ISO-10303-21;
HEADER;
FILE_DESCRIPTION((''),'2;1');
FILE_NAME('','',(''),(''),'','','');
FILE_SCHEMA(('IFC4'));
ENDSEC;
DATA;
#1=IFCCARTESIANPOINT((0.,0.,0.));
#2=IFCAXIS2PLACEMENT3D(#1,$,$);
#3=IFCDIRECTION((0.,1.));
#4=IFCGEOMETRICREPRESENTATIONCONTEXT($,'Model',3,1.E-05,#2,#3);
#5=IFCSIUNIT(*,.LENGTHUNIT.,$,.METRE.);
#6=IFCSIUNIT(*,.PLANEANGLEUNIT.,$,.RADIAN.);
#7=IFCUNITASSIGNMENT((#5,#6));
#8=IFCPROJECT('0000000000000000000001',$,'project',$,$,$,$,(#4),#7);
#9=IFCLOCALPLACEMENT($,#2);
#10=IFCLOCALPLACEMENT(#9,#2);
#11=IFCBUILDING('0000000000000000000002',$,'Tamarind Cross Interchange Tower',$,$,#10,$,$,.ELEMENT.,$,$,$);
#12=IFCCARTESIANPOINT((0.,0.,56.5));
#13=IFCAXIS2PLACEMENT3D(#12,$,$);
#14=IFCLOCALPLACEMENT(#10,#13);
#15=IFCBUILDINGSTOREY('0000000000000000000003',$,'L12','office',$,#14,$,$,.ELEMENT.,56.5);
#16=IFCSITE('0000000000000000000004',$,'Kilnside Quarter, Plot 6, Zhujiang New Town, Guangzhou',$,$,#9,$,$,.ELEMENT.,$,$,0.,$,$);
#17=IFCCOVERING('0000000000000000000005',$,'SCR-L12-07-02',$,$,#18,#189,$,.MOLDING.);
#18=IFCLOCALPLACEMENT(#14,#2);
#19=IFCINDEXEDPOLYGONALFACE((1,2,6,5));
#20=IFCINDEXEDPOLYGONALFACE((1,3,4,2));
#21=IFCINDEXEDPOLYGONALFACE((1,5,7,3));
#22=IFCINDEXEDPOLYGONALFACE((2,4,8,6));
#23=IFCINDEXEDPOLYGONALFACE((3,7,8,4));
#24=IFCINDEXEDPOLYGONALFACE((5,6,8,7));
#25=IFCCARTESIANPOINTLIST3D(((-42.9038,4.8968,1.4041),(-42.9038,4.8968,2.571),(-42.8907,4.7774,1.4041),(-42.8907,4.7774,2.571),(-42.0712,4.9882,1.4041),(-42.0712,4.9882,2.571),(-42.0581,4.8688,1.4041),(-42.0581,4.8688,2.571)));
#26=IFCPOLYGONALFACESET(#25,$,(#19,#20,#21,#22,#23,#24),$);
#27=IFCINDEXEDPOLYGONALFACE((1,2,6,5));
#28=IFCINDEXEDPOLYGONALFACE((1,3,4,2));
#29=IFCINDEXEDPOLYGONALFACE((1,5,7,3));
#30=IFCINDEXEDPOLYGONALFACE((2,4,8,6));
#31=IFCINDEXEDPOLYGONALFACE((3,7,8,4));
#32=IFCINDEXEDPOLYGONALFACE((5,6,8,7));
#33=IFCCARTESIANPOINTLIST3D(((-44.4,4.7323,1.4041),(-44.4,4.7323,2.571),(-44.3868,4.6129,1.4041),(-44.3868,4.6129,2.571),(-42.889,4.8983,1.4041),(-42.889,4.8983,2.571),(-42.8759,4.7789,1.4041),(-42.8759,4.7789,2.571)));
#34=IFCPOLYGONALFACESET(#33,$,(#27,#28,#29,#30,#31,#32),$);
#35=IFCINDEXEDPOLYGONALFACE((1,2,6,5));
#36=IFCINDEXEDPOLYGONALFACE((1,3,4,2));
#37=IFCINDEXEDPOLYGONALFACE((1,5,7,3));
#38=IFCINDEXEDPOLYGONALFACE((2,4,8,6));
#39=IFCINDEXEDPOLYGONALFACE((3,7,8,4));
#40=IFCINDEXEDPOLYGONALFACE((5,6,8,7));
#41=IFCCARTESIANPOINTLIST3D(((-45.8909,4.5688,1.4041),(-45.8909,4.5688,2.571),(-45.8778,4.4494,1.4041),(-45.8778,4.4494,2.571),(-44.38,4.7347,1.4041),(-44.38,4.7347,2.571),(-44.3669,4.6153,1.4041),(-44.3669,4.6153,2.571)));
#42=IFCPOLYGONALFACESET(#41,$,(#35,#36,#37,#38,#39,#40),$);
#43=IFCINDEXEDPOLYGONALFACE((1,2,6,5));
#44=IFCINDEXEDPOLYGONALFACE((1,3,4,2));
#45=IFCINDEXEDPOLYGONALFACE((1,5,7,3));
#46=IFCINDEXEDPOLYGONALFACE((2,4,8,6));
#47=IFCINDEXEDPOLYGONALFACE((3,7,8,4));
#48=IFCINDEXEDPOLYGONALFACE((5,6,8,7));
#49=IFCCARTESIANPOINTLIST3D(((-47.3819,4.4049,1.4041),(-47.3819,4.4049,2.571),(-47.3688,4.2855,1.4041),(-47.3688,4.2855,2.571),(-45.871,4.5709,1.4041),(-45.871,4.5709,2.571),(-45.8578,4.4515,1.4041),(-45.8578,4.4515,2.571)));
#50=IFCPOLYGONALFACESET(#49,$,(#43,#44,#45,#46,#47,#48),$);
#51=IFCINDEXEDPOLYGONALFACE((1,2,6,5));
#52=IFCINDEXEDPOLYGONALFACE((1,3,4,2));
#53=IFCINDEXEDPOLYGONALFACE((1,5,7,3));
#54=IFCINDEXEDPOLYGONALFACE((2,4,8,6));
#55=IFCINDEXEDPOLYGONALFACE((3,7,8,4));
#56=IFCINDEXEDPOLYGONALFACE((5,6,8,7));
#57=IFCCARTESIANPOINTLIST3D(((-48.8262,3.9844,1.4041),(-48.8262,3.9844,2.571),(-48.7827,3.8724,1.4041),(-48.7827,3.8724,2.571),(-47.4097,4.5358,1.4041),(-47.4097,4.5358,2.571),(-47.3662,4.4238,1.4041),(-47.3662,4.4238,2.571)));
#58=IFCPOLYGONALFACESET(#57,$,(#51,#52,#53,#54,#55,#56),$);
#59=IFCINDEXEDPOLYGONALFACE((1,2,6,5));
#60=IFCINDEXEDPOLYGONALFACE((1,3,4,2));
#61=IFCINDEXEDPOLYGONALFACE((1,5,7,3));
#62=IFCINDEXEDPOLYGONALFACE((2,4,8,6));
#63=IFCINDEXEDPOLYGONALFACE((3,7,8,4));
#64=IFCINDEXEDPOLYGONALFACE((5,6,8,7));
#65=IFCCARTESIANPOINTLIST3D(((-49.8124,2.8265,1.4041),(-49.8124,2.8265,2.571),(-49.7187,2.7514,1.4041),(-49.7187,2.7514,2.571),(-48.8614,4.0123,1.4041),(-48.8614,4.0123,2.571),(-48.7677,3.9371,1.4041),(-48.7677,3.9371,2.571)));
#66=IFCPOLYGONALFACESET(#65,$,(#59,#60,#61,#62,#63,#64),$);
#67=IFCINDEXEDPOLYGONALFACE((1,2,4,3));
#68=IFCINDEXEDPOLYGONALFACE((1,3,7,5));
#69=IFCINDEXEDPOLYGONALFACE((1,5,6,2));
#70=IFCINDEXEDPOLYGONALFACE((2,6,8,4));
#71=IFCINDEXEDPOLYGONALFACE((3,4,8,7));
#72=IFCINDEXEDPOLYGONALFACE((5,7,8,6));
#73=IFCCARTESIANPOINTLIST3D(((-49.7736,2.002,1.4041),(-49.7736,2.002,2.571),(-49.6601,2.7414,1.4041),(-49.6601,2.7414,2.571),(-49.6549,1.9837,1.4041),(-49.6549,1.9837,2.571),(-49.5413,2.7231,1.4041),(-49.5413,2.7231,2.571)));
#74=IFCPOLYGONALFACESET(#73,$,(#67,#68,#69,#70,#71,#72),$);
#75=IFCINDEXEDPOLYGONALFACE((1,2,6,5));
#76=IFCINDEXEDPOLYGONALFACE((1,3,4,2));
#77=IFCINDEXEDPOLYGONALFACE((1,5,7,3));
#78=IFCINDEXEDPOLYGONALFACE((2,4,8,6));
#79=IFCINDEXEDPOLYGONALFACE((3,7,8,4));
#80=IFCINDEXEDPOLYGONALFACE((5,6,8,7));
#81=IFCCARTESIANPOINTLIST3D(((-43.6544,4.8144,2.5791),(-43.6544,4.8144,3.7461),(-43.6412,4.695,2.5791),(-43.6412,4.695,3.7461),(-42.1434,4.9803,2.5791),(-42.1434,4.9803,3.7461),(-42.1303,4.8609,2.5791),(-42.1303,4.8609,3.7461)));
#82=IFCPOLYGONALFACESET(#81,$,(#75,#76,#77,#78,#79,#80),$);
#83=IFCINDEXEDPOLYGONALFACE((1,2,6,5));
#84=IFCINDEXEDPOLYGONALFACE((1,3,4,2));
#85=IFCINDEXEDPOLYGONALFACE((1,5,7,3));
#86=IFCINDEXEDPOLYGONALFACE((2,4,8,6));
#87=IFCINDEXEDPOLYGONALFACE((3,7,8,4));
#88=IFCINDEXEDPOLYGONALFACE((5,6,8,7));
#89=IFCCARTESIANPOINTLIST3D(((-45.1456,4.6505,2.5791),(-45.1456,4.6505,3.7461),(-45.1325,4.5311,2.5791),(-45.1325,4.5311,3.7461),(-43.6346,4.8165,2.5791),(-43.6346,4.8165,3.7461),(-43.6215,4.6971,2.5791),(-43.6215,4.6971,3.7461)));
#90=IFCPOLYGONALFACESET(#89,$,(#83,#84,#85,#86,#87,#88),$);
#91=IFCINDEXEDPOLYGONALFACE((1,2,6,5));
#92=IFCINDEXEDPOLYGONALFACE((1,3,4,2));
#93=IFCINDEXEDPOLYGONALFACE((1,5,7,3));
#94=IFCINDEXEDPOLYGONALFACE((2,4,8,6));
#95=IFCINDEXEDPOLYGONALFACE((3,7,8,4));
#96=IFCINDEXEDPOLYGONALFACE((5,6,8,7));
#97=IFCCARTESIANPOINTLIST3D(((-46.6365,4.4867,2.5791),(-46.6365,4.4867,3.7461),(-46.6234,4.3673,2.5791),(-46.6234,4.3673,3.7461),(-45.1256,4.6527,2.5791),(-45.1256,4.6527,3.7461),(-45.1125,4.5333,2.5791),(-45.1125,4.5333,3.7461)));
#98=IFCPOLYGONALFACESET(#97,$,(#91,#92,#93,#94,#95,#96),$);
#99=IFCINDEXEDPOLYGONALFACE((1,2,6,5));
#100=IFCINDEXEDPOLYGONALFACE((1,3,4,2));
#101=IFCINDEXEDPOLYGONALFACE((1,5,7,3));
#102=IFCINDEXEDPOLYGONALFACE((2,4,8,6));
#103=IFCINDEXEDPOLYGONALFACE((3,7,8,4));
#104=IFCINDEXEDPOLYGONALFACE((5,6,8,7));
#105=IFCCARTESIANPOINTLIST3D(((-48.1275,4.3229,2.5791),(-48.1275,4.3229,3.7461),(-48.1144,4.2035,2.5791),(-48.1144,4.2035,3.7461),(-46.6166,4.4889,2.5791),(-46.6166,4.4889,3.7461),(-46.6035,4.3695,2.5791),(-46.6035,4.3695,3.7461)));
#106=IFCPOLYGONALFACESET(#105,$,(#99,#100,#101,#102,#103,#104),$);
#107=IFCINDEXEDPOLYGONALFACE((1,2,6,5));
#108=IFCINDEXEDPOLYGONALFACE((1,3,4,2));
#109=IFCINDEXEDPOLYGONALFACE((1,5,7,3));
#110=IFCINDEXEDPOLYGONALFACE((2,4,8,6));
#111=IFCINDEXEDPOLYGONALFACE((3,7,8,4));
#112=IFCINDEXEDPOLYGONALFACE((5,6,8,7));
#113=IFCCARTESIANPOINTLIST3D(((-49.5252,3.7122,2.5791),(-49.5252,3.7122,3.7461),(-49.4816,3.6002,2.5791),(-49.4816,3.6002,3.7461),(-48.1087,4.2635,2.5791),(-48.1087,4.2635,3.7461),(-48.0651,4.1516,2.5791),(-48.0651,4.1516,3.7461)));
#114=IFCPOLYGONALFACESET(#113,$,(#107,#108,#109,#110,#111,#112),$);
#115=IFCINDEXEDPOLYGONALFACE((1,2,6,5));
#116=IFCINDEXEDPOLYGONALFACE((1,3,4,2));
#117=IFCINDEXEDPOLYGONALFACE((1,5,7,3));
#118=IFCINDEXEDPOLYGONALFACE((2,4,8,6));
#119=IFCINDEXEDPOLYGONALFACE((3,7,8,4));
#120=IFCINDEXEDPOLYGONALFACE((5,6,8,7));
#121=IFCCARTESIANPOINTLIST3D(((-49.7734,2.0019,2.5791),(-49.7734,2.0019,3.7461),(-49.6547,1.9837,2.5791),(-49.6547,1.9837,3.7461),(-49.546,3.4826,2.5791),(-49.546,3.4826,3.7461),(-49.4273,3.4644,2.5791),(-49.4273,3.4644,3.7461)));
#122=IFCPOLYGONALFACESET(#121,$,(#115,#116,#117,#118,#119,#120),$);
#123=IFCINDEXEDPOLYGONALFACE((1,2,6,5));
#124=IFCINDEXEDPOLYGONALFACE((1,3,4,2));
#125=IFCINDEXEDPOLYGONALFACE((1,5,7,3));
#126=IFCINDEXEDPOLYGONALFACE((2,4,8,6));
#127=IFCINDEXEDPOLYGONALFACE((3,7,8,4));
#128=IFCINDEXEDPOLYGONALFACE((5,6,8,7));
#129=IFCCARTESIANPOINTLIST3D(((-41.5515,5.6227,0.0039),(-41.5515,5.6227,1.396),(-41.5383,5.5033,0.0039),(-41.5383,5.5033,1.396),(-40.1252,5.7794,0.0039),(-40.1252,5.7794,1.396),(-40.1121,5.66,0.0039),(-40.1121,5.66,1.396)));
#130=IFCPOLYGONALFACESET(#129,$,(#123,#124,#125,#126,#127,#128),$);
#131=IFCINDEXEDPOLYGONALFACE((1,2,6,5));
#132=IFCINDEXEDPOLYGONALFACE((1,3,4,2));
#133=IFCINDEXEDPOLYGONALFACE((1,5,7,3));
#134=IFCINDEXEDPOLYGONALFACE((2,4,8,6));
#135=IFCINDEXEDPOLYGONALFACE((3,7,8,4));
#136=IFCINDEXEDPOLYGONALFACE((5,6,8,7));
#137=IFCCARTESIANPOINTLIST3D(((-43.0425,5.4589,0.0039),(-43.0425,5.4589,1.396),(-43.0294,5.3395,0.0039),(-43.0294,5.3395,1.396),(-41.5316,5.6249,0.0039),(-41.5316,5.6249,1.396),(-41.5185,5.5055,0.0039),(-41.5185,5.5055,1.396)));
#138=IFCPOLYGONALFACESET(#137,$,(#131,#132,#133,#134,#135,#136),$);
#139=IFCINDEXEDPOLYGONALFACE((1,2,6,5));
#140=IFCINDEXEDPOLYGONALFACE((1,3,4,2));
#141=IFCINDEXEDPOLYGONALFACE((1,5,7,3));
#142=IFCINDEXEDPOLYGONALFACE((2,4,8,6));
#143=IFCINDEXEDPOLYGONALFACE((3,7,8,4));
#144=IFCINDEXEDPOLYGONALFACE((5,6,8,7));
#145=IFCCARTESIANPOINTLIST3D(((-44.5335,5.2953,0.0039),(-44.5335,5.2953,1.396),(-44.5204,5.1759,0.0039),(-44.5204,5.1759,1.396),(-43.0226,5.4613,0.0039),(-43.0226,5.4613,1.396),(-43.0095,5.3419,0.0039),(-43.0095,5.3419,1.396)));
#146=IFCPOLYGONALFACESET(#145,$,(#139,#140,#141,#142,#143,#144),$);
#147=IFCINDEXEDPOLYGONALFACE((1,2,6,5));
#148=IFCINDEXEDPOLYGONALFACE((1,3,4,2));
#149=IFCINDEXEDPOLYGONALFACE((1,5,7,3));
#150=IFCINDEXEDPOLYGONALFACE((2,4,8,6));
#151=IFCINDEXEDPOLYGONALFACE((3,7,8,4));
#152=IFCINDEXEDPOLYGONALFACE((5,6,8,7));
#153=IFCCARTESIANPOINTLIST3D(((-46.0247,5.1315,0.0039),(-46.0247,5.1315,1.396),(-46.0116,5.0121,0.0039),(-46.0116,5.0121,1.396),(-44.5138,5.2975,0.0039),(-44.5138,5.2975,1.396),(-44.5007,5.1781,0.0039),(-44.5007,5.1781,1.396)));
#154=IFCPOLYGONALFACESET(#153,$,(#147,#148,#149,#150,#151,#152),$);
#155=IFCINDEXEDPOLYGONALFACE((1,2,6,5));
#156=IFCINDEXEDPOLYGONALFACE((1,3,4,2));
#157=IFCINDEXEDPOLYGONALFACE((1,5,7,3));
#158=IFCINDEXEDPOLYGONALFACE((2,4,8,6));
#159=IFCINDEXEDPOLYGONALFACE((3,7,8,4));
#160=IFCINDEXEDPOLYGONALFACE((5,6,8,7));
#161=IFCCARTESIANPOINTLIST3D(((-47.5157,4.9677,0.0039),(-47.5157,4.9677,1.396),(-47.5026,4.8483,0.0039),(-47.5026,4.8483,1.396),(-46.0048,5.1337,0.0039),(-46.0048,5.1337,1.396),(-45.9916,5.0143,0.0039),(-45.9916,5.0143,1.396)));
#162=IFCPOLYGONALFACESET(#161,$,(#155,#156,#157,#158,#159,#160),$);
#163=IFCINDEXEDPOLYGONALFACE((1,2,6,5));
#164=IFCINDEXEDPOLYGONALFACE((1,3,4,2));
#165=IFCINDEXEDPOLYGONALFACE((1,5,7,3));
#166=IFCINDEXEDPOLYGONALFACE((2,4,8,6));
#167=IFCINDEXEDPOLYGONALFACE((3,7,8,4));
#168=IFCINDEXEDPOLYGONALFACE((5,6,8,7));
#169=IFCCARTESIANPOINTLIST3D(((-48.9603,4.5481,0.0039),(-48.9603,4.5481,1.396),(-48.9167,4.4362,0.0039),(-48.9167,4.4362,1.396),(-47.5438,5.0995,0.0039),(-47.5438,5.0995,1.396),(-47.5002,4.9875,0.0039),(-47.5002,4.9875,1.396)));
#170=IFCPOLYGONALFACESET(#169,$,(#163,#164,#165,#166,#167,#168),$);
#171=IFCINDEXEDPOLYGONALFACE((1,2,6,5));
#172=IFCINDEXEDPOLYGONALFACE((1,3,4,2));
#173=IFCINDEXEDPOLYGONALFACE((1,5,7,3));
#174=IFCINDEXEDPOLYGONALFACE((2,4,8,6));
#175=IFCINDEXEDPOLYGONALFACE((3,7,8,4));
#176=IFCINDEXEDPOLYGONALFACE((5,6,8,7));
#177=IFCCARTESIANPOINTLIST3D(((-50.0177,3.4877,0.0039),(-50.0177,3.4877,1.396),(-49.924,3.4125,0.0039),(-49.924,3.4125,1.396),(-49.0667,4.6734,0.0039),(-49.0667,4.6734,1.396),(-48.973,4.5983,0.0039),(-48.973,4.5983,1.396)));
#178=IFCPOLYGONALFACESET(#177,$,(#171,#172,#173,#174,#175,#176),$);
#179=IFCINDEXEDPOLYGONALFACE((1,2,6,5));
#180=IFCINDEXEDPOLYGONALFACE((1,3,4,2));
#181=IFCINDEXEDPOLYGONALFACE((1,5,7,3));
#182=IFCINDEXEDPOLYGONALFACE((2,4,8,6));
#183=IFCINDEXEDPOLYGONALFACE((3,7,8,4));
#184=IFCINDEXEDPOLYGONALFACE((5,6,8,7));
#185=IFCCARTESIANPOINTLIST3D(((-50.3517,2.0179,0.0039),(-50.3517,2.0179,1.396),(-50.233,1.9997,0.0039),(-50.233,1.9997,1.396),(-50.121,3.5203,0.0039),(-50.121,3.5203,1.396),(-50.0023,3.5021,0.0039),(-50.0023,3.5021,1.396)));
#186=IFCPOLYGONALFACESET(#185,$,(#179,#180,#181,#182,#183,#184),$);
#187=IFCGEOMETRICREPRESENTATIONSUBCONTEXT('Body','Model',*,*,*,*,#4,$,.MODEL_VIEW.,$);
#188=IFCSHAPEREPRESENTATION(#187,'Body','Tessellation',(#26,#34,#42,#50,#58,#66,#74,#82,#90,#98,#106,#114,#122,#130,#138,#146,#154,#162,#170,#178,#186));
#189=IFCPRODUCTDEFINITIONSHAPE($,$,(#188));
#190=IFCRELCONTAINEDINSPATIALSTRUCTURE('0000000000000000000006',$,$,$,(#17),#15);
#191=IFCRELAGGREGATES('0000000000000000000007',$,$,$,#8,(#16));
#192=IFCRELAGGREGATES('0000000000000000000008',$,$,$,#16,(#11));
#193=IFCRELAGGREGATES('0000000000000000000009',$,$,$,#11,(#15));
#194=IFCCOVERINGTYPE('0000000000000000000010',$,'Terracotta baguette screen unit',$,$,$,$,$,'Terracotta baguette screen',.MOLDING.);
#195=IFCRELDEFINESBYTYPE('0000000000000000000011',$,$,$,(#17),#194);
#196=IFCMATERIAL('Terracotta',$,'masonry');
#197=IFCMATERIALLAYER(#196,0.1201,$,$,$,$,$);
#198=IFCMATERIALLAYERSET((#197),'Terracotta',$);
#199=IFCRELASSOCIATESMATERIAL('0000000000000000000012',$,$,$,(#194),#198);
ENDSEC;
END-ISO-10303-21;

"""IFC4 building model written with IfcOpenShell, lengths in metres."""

from ifc_helpers import new_model, si_unit, direction, frame, origin, origin_2d, place, context, subcontext, project, spatial, rectangle, extrude, material, layer, layer_set, type_object, element, save


model = new_model("IFC4")

# Units and contexts
model_context = context("Model", 3, precision=1e-05, world=origin(), true_north=direction((0.0, 1.0)))
body_context = subcontext(model_context, "Body", "Model", "MODEL_VIEW")
ifc_project = project(units=[si_unit("LENGTHUNIT", "METRE"), si_unit("PLANEANGLEUNIT", "RADIAN")], contexts=[model_context])

# Site, building, storey
site_placement = place(None, origin())
site = spatial("IfcSite", under=ifc_project, at=site_placement, Name="Kilnside Quarter, Plot 6, Zhujiang New Town, Guangzhou", CompositionType="ELEMENT", RefElevation=0.0)
building_placement = place(site_placement, origin())
building = spatial("IfcBuilding", under=site, at=building_placement, Name="Tamarind Cross Interchange Tower", CompositionType="ELEMENT")
storey_placement = place(building_placement, frame((0.0, 0.0, 56.5)))
storey = spatial("IfcBuildingStorey", under=building, at=storey_placement, Name="L12", Description="office", CompositionType="ELEMENT", Elevation=56.5)

# Covering
ifc_material_1 = material(Name="Terracotta", Category="masonry")
ifc_layer_1 = layer(ifc_material_1, 0.1201)
ifc_layer_set_1 = layer_set([ifc_layer_1], Name="Terracotta")
covering_type = type_object("IfcCoveringType", Name="Terracotta baguette screen unit", ElementType="Terracotta baguette screen", PredefinedType="MOLDING", material=ifc_layer_set_1)
covering_1_placement = place(storey_placement, origin())
element("IfcCovering", 1, at=covering_1_placement, inside=storey, type_object=covering_type, Name="SCR-L12-07-02", PredefinedType="MOLDING", context=body_context, shape_type="SweptSolid", body=[
    extrude(rectangle(XDim=0.8376, YDim=0.1201, at=origin_2d()), frame((-42.481, 4.8828, 1.4041), z_axis=(0.0, 0.0, 1.0), x_axis=(-0.994021, -0.109193, 0.0)), (0.0, 0.0, 1.0), 1.167),
    extrude(rectangle(XDim=1.52, YDim=0.1201, at=origin_2d()), frame((-43.6379, 4.7556, 1.4041), z_axis=(0.0, 0.0, 1.0), x_axis=(-0.994021, -0.109193, 0.0)), (0.0, 0.0, 1.0), 1.167),
    extrude(rectangle(XDim=1.52, YDim=0.1201, at=origin_2d()), frame((-45.1289, 4.592, 1.4041), z_axis=(0.0, 0.0, 1.0), x_axis=(-0.994021, -0.109193, 0.0)), (0.0, 0.0, 1.0), 1.167),
    extrude(rectangle(XDim=1.52, YDim=0.1201, at=origin_2d()), frame((-46.6199, 4.4282, 1.4041), z_axis=(0.0, 0.0, 1.0), x_axis=(-0.994021, -0.109193, 0.0)), (0.0, 0.0, 1.0), 1.167),
    extrude(rectangle(XDim=1.52, YDim=0.1201, at=origin_2d()), frame((-48.0962, 4.2041, 1.4041), z_axis=(0.0, 0.0, 1.0), x_axis=(-0.931889, -0.362744, 0.0)), (0.0, 0.0, 1.0), 1.167),
    extrude(rectangle(XDim=1.52, YDim=0.1201, at=origin_2d()), frame((-49.29, 3.3818, 1.4041), z_axis=(0.0, 0.0, 1.0), x_axis=(-0.625668, -0.78009, 0.0)), (0.0, 0.0, 1.0), 1.167),
    extrude(rectangle(XDim=0.748, YDim=0.1201, at=origin_2d()), frame((-49.6575, 2.3625, 1.4041), z_axis=(0.0, 0.0, 1.0), x_axis=(-0.151799, -0.988411, 0.0)), (0.0, 0.0, 1.0), 1.167),
    extrude(rectangle(XDim=1.52, YDim=0.1201, at=origin_2d()), frame((-42.8923, 4.8376, 2.5791), z_axis=(0.0, 0.0, 1.0), x_axis=(-0.994021, -0.109193, 0.0)), (0.0, 0.0, 1.0), 1.167),
    extrude(rectangle(XDim=1.52, YDim=0.1201, at=origin_2d()), frame((-44.3835, 4.6738, 2.5791), z_axis=(0.0, 0.0, 1.0), x_axis=(-0.994021, -0.109193, 0.0)), (0.0, 0.0, 1.0), 1.167),
    extrude(rectangle(XDim=1.52, YDim=0.1201, at=origin_2d()), frame((-45.8745, 4.51, 2.5791), z_axis=(0.0, 0.0, 1.0), x_axis=(-0.994021, -0.109193, 0.0)), (0.0, 0.0, 1.0), 1.167),
    extrude(rectangle(XDim=1.52, YDim=0.1201, at=origin_2d()), frame((-47.3655, 4.3462, 2.5791), z_axis=(0.0, 0.0, 1.0), x_axis=(-0.994021, -0.109193, 0.0)), (0.0, 0.0, 1.0), 1.167),
    extrude(rectangle(XDim=1.52, YDim=0.1201, at=origin_2d()), frame((-48.7952, 3.9319, 2.5791), z_axis=(0.0, 0.0, 1.0), x_axis=(-0.931889, -0.362744, 0.0)), (0.0, 0.0, 1.0), 1.167),
    extrude(rectangle(XDim=1.498, YDim=0.1201, at=origin_2d()), frame((-49.6003, 2.7332, 2.5791), z_axis=(0.0, 0.0, 1.0), x_axis=(-0.151799, -0.988411, 0.0)), (0.0, 0.0, 1.0), 1.167),
    extrude(rectangle(XDim=1.4348, YDim=0.1201, at=origin_2d()), frame((-40.8318, 5.6414, 0.0039), z_axis=(0.0, 0.0, 1.0), x_axis=(-0.994021, -0.109193, 0.0)), (0.0, 0.0, 1.0), 1.3921),
    extrude(rectangle(XDim=1.52, YDim=0.1201, at=origin_2d()), frame((-42.2805, 5.4822, 0.0039), z_axis=(0.0, 0.0, 1.0), x_axis=(-0.994021, -0.109193, 0.0)), (0.0, 0.0, 1.0), 1.3921),
    extrude(rectangle(XDim=1.52, YDim=0.1201, at=origin_2d()), frame((-43.7715, 5.3186, 0.0039), z_axis=(0.0, 0.0, 1.0), x_axis=(-0.994021, -0.109193, 0.0)), (0.0, 0.0, 1.0), 1.3921),
    extrude(rectangle(XDim=1.52, YDim=0.1201, at=origin_2d()), frame((-45.2627, 5.1548, 0.0039), z_axis=(0.0, 0.0, 1.0), x_axis=(-0.994021, -0.109193, 0.0)), (0.0, 0.0, 1.0), 1.3921),
    extrude(rectangle(XDim=1.52, YDim=0.1201, at=origin_2d()), frame((-46.7537, 4.991, 0.0039), z_axis=(0.0, 0.0, 1.0), x_axis=(-0.994021, -0.109193, 0.0)), (0.0, 0.0, 1.0), 1.3921),
    extrude(rectangle(XDim=1.52, YDim=0.1201, at=origin_2d()), frame((-48.2302, 4.7678, 0.0039), z_axis=(0.0, 0.0, 1.0), x_axis=(-0.931889, -0.362744, 0.0)), (0.0, 0.0, 1.0), 1.3921),
    extrude(rectangle(XDim=1.52, YDim=0.1201, at=origin_2d()), frame((-49.4954, 4.043, 0.0039), z_axis=(0.0, 0.0, 1.0), x_axis=(-0.625668, -0.78009, 0.0)), (0.0, 0.0, 1.0), 1.3921),
    extrude(rectangle(XDim=1.52, YDim=0.1201, at=origin_2d()), frame((-50.177, 2.76, 0.0039), z_axis=(0.0, 0.0, 1.0), x_axis=(-0.151799, -0.988411, 0.0)), (0.0, 0.0, 1.0), 1.3921),
])

save(model, "model.ifc")
